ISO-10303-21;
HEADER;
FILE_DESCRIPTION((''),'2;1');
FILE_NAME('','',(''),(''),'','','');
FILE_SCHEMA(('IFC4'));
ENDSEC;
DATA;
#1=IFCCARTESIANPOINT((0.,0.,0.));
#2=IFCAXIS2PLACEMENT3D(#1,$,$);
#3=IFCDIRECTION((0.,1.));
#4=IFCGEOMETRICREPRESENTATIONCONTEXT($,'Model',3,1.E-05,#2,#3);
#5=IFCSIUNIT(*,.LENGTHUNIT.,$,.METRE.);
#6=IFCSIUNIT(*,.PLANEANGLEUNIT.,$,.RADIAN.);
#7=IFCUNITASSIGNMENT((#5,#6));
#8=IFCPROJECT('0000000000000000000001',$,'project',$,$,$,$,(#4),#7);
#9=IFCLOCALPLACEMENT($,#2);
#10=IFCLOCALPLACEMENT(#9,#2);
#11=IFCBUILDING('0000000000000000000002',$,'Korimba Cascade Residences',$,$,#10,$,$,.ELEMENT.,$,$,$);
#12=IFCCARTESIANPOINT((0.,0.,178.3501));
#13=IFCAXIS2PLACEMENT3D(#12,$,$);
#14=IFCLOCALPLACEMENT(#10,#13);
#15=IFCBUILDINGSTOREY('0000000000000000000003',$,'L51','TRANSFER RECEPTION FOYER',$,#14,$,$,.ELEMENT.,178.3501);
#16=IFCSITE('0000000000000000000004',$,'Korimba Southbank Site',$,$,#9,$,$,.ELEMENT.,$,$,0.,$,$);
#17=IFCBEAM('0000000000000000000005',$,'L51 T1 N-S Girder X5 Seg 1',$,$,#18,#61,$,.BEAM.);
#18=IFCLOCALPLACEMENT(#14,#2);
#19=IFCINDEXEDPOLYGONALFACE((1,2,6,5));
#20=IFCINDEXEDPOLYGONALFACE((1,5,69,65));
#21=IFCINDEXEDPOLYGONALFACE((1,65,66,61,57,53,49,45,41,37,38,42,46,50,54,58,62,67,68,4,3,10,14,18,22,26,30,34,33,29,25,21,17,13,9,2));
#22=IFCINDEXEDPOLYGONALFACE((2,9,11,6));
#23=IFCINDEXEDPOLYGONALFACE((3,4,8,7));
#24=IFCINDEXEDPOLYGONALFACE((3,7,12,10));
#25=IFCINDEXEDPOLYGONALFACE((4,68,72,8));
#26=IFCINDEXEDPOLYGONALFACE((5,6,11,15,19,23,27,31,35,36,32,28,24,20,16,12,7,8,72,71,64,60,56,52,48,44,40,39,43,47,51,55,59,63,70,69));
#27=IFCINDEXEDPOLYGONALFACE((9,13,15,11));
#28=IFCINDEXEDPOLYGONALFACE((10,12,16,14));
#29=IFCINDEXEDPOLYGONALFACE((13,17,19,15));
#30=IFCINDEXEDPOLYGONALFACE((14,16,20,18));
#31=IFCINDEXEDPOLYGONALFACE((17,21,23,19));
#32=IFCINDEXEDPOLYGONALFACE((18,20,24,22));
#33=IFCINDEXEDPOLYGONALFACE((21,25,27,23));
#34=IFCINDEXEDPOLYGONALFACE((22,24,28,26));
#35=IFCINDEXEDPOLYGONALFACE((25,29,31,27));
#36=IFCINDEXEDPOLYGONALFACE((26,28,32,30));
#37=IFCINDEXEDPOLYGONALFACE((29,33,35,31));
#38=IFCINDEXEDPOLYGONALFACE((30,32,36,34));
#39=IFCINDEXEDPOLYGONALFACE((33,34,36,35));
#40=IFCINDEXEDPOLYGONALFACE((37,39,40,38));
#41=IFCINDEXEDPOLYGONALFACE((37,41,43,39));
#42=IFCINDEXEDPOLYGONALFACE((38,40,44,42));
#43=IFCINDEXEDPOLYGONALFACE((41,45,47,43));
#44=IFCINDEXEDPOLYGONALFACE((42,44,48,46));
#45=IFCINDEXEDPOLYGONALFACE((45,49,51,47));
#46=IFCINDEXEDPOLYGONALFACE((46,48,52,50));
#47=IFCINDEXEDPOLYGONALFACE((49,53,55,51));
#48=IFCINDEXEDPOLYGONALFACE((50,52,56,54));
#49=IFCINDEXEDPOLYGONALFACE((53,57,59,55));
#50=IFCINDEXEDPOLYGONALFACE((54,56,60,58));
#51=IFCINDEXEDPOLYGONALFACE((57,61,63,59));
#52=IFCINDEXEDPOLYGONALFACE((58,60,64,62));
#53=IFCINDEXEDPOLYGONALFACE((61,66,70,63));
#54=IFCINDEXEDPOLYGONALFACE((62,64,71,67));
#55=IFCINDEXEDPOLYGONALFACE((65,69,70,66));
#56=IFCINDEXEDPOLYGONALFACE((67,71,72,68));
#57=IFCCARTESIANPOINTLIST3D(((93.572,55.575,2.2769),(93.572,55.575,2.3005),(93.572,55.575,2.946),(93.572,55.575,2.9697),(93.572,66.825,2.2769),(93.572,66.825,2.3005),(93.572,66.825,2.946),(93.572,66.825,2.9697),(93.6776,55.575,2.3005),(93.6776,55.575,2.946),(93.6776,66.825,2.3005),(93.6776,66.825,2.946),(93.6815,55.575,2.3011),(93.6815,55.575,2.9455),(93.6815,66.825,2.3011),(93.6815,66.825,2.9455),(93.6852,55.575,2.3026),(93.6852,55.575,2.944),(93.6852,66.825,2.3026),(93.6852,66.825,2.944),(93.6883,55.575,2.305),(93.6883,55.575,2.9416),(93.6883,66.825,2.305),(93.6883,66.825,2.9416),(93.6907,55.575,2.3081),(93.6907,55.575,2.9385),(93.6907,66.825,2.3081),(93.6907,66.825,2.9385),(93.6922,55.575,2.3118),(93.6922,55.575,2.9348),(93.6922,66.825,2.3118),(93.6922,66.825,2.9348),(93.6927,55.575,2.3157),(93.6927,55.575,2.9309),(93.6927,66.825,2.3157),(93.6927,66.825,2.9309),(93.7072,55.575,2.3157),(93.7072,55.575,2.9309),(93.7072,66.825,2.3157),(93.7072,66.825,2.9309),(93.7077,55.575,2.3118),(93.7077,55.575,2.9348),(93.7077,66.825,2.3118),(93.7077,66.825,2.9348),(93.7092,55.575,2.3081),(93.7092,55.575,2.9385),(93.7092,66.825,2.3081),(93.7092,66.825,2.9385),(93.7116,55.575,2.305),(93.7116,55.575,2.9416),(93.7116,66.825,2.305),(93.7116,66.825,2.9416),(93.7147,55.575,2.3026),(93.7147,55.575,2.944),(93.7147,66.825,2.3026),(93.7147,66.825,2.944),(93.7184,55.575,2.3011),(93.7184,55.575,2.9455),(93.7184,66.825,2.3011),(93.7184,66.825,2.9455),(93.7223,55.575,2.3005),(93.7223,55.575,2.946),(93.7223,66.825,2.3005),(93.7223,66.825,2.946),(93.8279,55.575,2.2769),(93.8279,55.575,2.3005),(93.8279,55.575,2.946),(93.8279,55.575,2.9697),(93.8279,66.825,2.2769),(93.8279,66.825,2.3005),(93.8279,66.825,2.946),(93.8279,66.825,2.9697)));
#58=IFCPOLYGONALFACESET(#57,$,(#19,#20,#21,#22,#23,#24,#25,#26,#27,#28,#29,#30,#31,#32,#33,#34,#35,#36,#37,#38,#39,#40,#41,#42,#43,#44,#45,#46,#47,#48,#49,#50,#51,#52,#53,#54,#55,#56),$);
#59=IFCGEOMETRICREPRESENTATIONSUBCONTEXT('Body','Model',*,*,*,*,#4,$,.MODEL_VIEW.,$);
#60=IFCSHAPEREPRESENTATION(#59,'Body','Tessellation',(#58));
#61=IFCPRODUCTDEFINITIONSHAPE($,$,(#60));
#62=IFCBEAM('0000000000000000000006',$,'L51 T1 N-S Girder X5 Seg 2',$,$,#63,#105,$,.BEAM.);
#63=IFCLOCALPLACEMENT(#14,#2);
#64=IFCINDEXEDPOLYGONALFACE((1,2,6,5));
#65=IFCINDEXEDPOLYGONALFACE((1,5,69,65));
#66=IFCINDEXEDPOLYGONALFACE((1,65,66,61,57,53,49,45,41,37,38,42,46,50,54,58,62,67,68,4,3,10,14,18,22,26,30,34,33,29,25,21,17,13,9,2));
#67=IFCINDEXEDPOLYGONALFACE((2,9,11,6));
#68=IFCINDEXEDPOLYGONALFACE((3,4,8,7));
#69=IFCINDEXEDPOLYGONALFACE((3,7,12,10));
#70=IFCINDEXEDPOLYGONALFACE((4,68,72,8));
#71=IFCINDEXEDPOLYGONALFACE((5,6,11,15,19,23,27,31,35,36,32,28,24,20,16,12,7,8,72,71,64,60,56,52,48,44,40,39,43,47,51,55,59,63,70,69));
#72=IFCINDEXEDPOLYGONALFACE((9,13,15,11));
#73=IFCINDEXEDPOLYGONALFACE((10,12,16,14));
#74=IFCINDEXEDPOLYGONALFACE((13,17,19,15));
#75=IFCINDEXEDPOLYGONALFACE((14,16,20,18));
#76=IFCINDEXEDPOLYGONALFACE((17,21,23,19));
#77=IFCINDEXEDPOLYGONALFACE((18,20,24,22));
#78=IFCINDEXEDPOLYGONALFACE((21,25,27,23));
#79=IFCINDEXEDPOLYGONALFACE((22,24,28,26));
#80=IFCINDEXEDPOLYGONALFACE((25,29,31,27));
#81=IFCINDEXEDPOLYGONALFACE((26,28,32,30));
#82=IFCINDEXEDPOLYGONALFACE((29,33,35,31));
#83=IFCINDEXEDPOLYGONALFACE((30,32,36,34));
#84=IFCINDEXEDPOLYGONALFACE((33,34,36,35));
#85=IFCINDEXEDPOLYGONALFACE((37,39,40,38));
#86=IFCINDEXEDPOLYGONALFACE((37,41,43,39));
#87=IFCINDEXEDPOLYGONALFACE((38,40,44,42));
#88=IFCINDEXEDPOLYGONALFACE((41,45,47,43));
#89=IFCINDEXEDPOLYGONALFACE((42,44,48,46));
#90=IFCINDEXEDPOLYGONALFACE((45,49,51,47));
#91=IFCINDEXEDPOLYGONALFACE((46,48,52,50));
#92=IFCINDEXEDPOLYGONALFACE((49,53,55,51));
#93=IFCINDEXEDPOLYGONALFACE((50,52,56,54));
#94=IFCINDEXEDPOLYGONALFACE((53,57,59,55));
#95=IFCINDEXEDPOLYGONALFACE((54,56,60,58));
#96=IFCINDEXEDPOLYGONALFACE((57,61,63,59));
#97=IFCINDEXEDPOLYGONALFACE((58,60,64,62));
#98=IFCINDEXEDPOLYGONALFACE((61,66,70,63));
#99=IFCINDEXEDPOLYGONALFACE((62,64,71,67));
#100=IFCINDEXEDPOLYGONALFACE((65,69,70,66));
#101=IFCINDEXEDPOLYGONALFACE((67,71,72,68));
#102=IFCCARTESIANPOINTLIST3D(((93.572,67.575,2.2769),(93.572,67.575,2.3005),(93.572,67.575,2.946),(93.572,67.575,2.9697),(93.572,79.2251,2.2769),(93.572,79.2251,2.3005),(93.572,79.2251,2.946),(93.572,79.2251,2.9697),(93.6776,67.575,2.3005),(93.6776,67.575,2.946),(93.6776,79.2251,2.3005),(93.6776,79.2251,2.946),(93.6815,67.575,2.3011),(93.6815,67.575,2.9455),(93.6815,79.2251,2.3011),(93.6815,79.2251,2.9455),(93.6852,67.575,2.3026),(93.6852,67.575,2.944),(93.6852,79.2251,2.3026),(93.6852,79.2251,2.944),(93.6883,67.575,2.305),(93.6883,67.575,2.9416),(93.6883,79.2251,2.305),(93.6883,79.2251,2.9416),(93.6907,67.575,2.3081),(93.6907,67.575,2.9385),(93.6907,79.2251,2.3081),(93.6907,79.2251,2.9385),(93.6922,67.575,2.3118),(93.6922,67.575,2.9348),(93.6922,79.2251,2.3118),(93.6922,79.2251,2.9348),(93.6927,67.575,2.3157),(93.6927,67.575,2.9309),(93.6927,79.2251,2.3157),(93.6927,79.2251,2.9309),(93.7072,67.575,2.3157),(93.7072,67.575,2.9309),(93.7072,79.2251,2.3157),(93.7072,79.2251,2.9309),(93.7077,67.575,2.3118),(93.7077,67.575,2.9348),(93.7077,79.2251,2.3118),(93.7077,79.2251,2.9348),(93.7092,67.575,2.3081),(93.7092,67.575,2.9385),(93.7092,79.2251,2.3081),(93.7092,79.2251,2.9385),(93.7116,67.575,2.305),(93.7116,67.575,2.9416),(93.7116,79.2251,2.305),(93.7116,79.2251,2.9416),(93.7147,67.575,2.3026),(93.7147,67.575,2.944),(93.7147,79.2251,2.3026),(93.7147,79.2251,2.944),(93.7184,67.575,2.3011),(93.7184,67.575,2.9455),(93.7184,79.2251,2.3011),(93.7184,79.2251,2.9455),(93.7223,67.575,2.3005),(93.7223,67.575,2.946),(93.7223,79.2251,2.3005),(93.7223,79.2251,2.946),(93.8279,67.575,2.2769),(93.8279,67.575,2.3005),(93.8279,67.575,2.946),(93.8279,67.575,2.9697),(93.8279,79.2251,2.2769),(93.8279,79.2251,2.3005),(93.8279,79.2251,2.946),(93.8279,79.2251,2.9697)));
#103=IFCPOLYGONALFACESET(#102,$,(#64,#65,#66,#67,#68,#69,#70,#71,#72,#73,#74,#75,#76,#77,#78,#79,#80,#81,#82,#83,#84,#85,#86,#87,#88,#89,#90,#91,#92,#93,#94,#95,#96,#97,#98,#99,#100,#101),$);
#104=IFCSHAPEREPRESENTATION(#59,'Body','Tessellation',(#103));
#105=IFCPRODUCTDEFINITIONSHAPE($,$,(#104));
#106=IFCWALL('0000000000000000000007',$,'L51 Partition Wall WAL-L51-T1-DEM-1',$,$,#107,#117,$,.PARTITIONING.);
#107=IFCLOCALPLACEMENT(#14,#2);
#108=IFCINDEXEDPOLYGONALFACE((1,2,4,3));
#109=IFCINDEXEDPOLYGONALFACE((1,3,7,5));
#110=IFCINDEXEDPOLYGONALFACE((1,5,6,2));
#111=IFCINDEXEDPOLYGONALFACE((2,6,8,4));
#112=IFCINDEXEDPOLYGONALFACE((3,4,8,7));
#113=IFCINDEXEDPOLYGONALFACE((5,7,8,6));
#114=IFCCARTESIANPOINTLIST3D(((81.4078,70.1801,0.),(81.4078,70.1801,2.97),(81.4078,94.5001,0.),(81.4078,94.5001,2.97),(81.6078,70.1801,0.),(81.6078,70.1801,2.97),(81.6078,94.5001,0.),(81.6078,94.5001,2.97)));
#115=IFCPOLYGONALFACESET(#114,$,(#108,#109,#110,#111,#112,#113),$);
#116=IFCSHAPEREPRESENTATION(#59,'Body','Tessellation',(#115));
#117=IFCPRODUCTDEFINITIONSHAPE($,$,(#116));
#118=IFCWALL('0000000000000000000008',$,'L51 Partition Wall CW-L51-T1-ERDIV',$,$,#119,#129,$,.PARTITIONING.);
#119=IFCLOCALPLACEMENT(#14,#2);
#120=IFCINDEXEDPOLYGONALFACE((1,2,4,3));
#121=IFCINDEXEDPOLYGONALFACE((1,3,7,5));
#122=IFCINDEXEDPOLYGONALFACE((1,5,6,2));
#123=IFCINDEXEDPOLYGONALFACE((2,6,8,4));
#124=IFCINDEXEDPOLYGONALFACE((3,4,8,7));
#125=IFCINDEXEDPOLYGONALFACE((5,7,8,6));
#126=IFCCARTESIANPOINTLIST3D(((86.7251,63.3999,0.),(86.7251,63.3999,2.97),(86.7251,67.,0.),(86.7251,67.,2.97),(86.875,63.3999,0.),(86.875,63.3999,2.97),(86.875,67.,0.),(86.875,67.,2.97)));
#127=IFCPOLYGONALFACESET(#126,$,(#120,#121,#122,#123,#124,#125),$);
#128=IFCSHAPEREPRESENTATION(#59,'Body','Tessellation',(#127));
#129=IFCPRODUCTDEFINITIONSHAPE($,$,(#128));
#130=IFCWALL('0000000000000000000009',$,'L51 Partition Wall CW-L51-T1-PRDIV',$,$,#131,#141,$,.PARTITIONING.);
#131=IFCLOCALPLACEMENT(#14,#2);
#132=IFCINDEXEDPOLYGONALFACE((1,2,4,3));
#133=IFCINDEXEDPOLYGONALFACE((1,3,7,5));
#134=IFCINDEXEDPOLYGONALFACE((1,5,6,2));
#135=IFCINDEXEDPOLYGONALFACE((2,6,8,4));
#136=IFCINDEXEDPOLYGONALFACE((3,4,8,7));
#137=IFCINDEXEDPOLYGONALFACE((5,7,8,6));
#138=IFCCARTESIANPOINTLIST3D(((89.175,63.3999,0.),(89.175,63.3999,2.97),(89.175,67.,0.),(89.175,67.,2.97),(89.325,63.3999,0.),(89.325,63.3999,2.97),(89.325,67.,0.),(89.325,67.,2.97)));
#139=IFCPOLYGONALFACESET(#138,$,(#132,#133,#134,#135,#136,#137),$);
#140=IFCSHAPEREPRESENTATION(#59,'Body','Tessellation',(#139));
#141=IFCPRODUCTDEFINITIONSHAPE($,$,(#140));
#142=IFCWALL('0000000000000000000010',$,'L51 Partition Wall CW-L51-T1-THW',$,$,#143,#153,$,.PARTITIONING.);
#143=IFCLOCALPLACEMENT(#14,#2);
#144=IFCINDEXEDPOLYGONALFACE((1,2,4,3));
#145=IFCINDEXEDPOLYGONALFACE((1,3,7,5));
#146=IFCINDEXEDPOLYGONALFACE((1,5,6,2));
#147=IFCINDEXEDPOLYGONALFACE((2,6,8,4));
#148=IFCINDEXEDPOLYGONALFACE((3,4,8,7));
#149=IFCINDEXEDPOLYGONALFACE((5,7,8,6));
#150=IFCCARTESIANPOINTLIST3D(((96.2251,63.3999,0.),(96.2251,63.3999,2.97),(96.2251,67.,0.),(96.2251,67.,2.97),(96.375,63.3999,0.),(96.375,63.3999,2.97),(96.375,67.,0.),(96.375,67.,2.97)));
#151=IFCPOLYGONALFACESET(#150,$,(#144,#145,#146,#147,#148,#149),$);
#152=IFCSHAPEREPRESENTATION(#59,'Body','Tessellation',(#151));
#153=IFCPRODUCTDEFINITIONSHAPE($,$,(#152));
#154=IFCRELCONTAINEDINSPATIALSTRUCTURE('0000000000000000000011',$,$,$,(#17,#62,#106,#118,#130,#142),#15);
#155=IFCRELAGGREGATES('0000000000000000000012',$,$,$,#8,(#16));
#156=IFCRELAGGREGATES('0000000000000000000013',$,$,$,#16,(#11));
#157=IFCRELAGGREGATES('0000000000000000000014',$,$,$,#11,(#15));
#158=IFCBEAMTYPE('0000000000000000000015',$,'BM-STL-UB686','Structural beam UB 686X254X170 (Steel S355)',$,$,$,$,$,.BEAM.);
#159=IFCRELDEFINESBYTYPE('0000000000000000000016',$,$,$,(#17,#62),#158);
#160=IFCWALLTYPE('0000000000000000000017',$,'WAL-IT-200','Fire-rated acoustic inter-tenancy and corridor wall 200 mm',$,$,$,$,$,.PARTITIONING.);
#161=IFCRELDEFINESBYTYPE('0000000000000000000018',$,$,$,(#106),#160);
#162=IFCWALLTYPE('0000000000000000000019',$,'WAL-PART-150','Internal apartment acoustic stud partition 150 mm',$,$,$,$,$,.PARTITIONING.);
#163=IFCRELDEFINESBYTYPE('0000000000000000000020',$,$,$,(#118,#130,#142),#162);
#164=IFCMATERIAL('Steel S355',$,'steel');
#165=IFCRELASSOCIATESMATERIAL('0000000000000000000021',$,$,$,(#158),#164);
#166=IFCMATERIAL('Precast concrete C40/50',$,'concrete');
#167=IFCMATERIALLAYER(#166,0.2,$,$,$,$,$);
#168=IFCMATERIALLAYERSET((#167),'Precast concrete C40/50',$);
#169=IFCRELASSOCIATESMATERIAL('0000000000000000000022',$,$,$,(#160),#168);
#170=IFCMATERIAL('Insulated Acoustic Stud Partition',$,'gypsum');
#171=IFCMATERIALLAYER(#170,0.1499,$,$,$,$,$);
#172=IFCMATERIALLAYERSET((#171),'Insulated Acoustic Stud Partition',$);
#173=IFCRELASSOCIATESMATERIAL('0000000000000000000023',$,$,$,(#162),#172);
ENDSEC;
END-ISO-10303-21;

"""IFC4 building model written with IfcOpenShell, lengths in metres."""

from ifc_helpers import new_model, si_unit, direction, frame, frame_2d, origin, origin_2d, place, context, subcontext, project, spatial, rectangle, i_section, extrude, material, layer, layer_set, material_profile, profile_set, type_object, element, save


model = new_model("IFC4")

# Units and contexts
model_context = context("Model", 3, precision=1e-05, world=origin(), true_north=direction((0.0, 1.0)))
body_context = subcontext(model_context, "Body", "Model", "MODEL_VIEW")
ifc_project = project(units=[si_unit("LENGTHUNIT", "METRE"), si_unit("PLANEANGLEUNIT", "RADIAN")], contexts=[model_context])

# Site, building, storey
site_placement = place(None, origin())
site = spatial("IfcSite", under=ifc_project, at=site_placement, Name="Korimba Southbank Site", CompositionType="ELEMENT", RefElevation=0.0)
building_placement = place(site_placement, origin())
building = spatial("IfcBuilding", under=site, at=building_placement, Name="Korimba Cascade Residences", CompositionType="ELEMENT")
storey_placement = place(building_placement, frame((0.0, 0.0, 178.3501)))
storey = spatial("IfcBuildingStorey", under=building, at=storey_placement, Name="L51", Description="TRANSFER RECEPTION FOYER", CompositionType="ELEMENT", Elevation=178.3501)

# Beams
ifc_material_1 = material(Name="Steel S355", Category="steel")
ifc_material_profile_1 = material_profile(ifc_material_1, i_section(OverallWidth=0.2559, OverallDepth=0.6929, WebThickness=0.0144, FlangeThickness=0.0237, FilletRadius=0.0151, at=origin_2d()), Name="Steel S355")
ifc_profile_set_1 = profile_set([ifc_material_profile_1], Name="Steel S355")
beam_type_1 = type_object("IfcBeamType", Name="BM-STL-UB686", Description="Structural beam UB 686X254X170 (Steel S355)", PredefinedType="BEAM", material=ifc_profile_set_1)
beam_1_placement = place(storey_placement, frame((93.7, 55.575, 2.6233), z_axis=(0.0, 1.0, 0.0), x_axis=(-1.0, 0.0, 0.0)))
element("IfcBeam", 1, at=beam_1_placement, inside=storey, type_object=beam_type_1, Name="L51 T1 N-S Girder X5 Seg 1", PredefinedType="BEAM", context=body_context, shape_type="SweptSolid", body=[
    extrude(i_section(OverallWidth=0.2559, OverallDepth=0.6929, WebThickness=0.0144, FlangeThickness=0.0237, FilletRadius=0.0151, at=origin_2d()), origin(), (0.0, 0.0, 1.0), 11.25),
])
beam_2_placement = place(storey_placement, frame((93.7, 67.575, 2.6233), z_axis=(0.0, 1.0, 0.0), x_axis=(-1.0, 0.0, 0.0)))
element("IfcBeam", 2, at=beam_2_placement, inside=storey, type_object=beam_type_1, Name="L51 T1 N-S Girder X5 Seg 2", PredefinedType="BEAM", context=body_context, shape_type="SweptSolid", body=[
    extrude(i_section(OverallWidth=0.2559, OverallDepth=0.6929, WebThickness=0.0144, FlangeThickness=0.0237, FilletRadius=0.0151, at=origin_2d()), origin(), (0.0, 0.0, 1.0), 11.6501),
])

# Walls
ifc_material_2 = material(Name="Precast concrete C40/50", Category="concrete")
ifc_layer_1 = layer(ifc_material_2, 0.2)
ifc_layer_set_1 = layer_set([ifc_layer_1], Name="Precast concrete C40/50")
wall_type_1 = type_object("IfcWallType", Name="WAL-IT-200", Description="Fire-rated acoustic inter-tenancy and corridor wall 200 mm", PredefinedType="PARTITIONING", material=ifc_layer_set_1)
wall_1_placement = place(storey_placement, frame((81.5078, 70.1799, 0.0), z_axis=(0.0, 0.0, 1.0), x_axis=(0.0, 1.0, 0.0)))
element("IfcWall", 3, at=wall_1_placement, inside=storey, type_object=wall_type_1, Name="L51 Partition Wall WAL-L51-T1-DEM-1", PredefinedType="PARTITIONING", context=body_context, shape_type="SweptSolid", body=[
    extrude(rectangle(XDim=24.3201, YDim=0.2, at=frame_2d((12.1602, 0.0))), origin(), (0.0, 0.0, 1.0), 2.97),
])
ifc_material_3 = material(Name="Insulated Acoustic Stud Partition", Category="gypsum")
ifc_layer_2 = layer(ifc_material_3, 0.1499)
ifc_layer_set_2 = layer_set([ifc_layer_2], Name="Insulated Acoustic Stud Partition")
wall_type_2 = type_object("IfcWallType", Name="WAL-PART-150", Description="Internal apartment acoustic stud partition 150 mm", PredefinedType="PARTITIONING", material=ifc_layer_set_2)
for number, where, z_axis, x_axis, name in (
    (4, (86.8, 63.3999, 0.0), (0.0, 0.0, 1.0), (0.0, 1.0, 0.0), "L51 Partition Wall CW-L51-T1-ERDIV"),
    (5, (89.25, 63.3999, 0.0), (0.0, 0.0, 1.0), (0.0, 1.0, 0.0), "L51 Partition Wall CW-L51-T1-PRDIV"),
    (6, (96.3, 63.3999, 0.0), (0.0, 0.0, 1.0), (0.0, 1.0, 0.0), "L51 Partition Wall CW-L51-T1-THW"),
):
    element("IfcWall", number, at=place(storey_placement, frame(where, z_axis=z_axis, x_axis=x_axis)), inside=storey, type_object=wall_type_2, Name=name, PredefinedType="PARTITIONING", context=body_context, shape_type="SweptSolid", body=[
        extrude(rectangle(XDim=3.6001, YDim=0.1499, at=frame_2d((1.8, 0.0))), origin(), (0.0, 0.0, 1.0), 2.97),
    ])

save(model, "model.ifc")
